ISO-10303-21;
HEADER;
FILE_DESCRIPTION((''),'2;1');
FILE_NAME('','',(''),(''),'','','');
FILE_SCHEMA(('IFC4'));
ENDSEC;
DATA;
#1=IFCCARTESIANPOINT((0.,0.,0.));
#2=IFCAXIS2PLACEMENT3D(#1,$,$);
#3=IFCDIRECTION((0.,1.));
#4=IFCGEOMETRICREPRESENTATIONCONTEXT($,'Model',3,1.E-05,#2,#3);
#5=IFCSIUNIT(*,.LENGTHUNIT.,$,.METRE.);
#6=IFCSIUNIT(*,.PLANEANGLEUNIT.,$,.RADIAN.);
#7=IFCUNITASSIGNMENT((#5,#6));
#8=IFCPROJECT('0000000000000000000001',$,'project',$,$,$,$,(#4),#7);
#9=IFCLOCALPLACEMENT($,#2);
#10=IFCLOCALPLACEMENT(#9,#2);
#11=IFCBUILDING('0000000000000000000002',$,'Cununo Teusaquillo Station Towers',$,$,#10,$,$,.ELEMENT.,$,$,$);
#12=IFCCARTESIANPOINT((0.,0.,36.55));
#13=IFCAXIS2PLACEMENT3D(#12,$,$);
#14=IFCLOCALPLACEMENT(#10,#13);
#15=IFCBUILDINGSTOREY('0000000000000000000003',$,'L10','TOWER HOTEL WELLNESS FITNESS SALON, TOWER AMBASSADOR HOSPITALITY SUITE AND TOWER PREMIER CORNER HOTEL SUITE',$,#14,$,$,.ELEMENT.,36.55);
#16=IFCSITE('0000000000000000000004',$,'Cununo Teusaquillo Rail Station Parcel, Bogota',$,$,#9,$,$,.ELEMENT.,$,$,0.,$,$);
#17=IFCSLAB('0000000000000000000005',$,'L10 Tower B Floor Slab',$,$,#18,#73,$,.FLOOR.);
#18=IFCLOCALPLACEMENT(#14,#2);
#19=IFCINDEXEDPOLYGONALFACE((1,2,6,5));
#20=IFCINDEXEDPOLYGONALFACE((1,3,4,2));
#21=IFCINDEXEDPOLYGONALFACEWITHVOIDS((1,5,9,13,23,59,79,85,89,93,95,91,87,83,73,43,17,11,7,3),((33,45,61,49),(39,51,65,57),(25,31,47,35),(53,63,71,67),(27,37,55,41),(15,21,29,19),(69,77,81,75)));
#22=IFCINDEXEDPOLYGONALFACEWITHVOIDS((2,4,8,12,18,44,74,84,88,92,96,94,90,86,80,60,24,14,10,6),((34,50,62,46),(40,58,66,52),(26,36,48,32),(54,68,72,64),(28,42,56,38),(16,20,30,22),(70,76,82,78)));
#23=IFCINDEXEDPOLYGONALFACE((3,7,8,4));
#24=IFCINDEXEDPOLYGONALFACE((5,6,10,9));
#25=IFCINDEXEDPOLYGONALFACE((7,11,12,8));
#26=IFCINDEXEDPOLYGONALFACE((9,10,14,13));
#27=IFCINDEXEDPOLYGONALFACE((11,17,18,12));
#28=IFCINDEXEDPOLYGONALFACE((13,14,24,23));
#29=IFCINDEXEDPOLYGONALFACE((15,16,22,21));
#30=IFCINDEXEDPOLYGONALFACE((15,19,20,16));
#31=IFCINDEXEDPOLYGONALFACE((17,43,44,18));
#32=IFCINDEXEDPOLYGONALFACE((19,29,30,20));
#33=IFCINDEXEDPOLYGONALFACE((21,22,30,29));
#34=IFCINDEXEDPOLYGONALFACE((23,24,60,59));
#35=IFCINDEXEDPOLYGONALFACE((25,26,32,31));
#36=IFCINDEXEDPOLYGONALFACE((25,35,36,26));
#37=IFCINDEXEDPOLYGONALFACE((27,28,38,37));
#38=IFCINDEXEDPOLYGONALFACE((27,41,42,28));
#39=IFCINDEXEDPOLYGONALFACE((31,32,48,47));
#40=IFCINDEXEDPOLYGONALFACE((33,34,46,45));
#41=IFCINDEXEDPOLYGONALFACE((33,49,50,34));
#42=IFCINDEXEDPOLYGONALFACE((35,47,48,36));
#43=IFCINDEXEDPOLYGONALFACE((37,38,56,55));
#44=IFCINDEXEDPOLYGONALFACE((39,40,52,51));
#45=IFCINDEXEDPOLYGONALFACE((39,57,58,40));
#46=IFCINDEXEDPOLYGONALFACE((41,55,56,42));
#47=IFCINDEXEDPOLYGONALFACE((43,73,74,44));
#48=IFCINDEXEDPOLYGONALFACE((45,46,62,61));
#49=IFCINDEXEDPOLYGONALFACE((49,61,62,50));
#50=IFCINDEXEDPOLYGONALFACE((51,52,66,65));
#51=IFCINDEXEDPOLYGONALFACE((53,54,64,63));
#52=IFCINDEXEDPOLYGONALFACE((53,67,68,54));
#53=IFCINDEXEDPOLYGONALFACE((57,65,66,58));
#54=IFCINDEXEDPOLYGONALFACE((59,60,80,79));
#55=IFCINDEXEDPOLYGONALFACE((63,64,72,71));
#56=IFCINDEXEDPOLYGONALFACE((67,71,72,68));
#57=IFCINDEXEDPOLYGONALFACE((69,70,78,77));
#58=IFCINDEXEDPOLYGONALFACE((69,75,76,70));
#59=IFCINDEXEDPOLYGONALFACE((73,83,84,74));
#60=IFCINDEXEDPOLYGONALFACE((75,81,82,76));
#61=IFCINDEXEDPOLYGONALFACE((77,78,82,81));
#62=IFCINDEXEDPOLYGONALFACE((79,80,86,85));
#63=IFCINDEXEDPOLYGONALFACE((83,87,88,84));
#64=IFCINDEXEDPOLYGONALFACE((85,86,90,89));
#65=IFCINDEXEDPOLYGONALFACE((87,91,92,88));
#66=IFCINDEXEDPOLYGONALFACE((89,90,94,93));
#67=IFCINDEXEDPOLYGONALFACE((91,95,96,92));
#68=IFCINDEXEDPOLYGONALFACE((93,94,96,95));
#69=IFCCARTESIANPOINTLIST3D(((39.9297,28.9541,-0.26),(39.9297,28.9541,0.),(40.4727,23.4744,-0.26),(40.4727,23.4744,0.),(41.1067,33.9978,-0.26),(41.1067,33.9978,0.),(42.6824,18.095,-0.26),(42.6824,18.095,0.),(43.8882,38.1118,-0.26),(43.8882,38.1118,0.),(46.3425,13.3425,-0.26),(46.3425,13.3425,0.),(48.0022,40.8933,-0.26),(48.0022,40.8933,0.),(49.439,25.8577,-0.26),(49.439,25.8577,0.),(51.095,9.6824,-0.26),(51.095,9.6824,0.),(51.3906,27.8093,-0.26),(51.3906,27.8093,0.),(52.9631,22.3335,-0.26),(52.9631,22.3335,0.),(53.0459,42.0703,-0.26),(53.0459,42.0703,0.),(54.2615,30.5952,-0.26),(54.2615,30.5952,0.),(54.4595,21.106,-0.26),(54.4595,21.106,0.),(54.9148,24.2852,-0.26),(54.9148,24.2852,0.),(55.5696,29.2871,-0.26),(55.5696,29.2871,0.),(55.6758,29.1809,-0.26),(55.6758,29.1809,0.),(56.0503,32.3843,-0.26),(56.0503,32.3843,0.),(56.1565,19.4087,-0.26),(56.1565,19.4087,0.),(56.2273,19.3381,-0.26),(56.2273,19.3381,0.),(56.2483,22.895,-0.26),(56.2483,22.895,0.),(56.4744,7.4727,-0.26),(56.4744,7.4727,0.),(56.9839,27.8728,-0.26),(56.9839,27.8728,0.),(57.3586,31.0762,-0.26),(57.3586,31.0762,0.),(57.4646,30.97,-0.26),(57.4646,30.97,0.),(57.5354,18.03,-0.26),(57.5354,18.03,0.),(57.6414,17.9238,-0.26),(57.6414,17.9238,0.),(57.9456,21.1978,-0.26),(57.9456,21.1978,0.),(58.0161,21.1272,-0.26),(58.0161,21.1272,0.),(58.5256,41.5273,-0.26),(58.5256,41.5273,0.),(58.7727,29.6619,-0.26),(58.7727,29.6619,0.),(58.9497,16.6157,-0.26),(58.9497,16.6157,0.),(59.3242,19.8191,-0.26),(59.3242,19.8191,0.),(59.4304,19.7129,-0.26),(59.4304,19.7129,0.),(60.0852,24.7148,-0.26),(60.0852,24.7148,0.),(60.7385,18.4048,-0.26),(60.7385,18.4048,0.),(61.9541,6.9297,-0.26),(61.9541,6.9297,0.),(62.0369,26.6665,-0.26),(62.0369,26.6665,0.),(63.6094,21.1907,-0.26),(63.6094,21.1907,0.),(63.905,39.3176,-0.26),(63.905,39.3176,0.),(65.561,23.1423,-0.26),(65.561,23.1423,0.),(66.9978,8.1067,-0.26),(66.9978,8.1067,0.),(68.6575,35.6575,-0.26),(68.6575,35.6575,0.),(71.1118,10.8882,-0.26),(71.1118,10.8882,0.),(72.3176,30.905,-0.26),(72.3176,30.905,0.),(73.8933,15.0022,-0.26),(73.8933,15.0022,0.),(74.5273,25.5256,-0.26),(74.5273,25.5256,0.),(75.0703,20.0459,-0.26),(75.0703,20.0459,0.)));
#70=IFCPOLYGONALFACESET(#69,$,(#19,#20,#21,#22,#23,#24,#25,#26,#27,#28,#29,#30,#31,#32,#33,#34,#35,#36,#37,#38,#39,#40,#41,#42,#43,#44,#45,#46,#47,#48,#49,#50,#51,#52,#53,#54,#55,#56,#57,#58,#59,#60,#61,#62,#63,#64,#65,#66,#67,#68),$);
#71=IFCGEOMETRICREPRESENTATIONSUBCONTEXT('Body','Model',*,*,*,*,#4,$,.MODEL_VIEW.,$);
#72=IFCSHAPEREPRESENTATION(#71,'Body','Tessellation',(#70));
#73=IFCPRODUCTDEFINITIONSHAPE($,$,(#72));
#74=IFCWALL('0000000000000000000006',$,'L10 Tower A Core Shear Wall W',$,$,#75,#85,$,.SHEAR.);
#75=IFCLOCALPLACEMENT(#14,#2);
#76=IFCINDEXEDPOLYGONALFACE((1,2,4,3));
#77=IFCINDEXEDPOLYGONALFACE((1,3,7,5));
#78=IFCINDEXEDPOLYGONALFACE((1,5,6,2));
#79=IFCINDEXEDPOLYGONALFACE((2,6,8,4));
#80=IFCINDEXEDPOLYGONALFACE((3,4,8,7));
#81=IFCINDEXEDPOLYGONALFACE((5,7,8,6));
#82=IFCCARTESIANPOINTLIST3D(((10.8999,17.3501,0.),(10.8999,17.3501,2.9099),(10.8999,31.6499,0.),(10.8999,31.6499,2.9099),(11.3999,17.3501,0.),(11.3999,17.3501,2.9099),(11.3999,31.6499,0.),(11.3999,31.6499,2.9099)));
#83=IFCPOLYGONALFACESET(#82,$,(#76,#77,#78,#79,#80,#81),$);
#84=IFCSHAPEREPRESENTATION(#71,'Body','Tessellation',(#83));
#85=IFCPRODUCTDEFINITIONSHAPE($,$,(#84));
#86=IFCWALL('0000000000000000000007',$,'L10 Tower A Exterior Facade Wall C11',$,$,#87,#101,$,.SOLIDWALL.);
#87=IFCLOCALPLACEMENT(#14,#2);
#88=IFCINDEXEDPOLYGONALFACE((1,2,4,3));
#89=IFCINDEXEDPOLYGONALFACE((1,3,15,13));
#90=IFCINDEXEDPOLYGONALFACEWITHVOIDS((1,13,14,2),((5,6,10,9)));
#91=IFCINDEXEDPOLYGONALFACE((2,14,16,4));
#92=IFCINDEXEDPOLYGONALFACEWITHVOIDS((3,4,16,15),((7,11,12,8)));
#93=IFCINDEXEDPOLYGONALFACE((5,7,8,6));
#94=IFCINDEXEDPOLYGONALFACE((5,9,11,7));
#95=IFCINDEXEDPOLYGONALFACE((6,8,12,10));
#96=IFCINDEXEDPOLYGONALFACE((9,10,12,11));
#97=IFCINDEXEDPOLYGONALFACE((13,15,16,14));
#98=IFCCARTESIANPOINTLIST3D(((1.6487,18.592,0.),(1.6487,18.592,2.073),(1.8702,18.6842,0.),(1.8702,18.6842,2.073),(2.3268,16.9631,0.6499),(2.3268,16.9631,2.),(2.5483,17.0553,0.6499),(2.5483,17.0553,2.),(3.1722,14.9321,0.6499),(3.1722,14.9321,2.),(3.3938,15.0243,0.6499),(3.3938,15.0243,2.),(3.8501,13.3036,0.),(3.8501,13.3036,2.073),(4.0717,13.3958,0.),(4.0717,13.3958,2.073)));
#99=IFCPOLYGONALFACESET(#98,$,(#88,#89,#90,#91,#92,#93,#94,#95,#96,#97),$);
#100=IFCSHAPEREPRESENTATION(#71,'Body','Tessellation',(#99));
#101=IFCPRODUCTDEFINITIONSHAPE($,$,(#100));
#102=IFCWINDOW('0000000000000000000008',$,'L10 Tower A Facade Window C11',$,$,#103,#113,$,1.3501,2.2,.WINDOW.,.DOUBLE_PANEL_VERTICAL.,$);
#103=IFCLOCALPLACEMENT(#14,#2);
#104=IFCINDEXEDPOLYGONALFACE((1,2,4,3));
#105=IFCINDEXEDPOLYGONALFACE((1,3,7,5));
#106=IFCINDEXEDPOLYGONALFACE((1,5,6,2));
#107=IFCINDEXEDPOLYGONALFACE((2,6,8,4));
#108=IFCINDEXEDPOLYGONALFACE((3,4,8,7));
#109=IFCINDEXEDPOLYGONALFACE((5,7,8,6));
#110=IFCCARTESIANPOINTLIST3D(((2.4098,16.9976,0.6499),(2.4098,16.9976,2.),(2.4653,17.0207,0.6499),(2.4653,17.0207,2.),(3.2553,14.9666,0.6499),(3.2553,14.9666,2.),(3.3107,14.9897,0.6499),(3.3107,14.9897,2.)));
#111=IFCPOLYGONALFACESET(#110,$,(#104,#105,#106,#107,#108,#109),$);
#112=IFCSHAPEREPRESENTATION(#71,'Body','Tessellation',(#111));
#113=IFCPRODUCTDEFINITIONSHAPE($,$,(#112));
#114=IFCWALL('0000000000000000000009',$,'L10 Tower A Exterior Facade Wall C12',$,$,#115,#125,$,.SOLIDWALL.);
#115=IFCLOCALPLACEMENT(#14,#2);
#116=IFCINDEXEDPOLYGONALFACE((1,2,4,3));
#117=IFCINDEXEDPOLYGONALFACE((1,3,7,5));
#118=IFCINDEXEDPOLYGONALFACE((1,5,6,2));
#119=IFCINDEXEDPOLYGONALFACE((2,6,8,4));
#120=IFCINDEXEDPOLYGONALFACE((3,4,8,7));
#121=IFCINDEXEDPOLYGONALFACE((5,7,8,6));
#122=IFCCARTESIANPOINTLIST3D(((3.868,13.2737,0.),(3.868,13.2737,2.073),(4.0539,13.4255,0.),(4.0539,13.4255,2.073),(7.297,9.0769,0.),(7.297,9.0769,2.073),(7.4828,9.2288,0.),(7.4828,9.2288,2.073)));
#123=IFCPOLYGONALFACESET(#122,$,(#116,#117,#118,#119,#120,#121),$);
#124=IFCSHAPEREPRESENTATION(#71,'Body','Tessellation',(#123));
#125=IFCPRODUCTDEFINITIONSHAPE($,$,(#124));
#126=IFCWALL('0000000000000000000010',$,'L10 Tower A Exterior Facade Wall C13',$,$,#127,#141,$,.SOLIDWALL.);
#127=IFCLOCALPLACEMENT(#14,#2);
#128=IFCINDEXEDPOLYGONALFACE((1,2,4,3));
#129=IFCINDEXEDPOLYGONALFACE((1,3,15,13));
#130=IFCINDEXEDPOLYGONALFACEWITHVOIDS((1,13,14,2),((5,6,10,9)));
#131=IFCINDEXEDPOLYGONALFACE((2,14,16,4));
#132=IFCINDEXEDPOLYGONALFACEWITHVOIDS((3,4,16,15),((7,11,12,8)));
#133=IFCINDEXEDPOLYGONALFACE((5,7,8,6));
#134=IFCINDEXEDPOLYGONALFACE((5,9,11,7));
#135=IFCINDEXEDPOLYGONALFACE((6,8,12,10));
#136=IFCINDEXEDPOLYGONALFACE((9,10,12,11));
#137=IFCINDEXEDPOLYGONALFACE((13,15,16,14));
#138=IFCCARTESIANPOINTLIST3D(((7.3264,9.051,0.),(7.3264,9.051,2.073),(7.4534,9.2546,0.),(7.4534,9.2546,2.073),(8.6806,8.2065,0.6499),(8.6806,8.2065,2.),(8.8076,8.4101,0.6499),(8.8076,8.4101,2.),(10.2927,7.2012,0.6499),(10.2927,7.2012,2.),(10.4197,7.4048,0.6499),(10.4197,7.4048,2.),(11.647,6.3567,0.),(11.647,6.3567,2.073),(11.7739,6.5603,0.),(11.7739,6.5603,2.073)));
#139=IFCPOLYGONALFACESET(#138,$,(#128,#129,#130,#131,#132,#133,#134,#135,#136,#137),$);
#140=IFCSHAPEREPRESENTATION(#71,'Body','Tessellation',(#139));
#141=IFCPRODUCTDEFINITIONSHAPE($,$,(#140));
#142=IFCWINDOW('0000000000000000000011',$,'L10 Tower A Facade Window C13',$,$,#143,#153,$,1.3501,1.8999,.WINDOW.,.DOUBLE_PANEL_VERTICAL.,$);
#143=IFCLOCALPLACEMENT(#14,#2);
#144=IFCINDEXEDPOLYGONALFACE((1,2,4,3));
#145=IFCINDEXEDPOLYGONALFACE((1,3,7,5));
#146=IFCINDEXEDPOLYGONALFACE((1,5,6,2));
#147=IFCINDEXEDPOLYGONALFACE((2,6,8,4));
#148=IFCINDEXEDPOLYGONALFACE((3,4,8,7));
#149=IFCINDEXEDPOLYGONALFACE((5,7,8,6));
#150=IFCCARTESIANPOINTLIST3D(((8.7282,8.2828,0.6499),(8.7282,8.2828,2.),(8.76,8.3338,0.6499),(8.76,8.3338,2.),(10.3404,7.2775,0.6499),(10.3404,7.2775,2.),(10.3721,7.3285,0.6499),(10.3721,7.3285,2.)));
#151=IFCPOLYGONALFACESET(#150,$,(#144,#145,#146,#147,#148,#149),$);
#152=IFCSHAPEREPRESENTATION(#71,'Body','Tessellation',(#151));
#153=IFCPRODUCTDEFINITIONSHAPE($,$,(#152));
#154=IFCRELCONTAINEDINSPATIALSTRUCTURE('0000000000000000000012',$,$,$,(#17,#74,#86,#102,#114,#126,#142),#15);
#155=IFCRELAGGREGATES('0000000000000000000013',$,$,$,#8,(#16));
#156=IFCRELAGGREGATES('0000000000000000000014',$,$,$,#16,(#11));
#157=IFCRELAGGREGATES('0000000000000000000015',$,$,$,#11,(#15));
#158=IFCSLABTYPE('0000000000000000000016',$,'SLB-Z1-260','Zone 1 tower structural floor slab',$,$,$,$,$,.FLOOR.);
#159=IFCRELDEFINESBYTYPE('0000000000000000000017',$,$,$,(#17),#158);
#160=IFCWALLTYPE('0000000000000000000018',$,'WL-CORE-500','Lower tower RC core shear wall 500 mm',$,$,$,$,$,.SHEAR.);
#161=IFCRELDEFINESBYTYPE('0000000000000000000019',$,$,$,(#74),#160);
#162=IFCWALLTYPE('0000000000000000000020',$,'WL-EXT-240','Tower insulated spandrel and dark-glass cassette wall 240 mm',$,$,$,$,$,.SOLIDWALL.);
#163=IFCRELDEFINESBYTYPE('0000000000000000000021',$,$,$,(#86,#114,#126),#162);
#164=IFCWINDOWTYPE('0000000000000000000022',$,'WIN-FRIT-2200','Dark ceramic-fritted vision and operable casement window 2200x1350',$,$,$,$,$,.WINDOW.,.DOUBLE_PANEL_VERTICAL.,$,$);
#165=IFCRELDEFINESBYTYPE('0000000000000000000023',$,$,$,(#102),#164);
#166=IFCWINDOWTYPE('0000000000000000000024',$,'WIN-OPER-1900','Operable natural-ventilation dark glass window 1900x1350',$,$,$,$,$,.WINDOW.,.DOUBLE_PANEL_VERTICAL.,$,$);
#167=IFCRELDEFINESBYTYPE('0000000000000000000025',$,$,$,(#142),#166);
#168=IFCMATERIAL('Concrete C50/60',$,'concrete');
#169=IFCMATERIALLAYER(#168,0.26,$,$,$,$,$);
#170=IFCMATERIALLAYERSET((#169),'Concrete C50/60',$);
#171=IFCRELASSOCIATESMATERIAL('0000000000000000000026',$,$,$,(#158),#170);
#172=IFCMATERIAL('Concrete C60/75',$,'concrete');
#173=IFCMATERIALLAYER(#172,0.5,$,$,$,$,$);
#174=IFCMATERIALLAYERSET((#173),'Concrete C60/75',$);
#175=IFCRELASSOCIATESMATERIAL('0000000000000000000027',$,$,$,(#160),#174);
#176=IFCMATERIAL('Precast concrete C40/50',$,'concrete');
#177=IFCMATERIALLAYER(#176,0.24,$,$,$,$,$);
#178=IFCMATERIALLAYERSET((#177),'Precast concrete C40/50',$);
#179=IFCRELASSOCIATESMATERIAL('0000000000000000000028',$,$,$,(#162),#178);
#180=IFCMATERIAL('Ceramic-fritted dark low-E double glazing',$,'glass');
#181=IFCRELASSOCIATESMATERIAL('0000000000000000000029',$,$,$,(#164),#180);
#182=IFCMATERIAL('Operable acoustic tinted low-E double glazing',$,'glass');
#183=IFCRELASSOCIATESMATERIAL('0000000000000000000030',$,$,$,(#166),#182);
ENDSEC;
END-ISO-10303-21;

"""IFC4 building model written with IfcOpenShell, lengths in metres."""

from ifc_helpers import new_model, si_unit, direction, frame, frame_2d, origin, place, context, subcontext, project, spatial, polyline, rectangle, outline, extrude, source, transform, mapped, material, layer, layer_set, type_object, element, fill, save


model = new_model("IFC4")

# Units and contexts
model_context = context("Model", 3, precision=1e-05, world=origin(), true_north=direction((0.0, 1.0)))
body_context = subcontext(model_context, "Body", "Model", "MODEL_VIEW")
ifc_project = project(units=[si_unit("LENGTHUNIT", "METRE"), si_unit("PLANEANGLEUNIT", "RADIAN")], contexts=[model_context])

# Site, building, storey
site_placement = place(None, origin())
site = spatial("IfcSite", under=ifc_project, at=site_placement, Name="Cununo Teusaquillo Rail Station Parcel, Bogota", CompositionType="ELEMENT", RefElevation=0.0)
building_placement = place(site_placement, origin())
building = spatial("IfcBuilding", under=site, at=building_placement, Name="Cununo Teusaquillo Station Towers", CompositionType="ELEMENT")
storey_placement = place(building_placement, frame((0.0, 0.0, 36.55)))
storey = spatial("IfcBuildingStorey", under=building, at=storey_placement, Name="L10", Description="TOWER HOTEL WELLNESS FITNESS SALON, TOWER AMBASSADOR HOSPITALITY SUITE AND TOWER PREMIER CORNER HOTEL SUITE", CompositionType="ELEMENT", Elevation=36.55)

# Slab
ifc_material_1 = material(Name="Concrete C50/60", Category="concrete")
ifc_layer_1 = layer(ifc_material_1, 0.26)
ifc_layer_set_1 = layer_set([ifc_layer_1], Name="Concrete C50/60")
slab_type_1 = type_object("IfcSlabType", Name="SLB-Z1-260", Description="Zone 1 tower structural floor slab", PredefinedType="FLOOR", material=ifc_layer_set_1)
slab_1_placement = place(storey_placement, frame((0.0, 0.0, -0.26)))
element("IfcSlab", 1, at=slab_1_placement, inside=storey, type_object=slab_type_1, Name="L10 Tower B Floor Slab", PredefinedType="FLOOR", context=body_context, shape_type="SweptSolid", body=[
    extrude(outline(polyline([(68.6575, 35.6575), (63.905, 39.3176), (58.5256, 41.5273), (53.0459, 42.0703), (48.0022, 40.8933), (43.8882, 38.1118), (41.1067, 33.9978), (39.9297, 28.9541), (40.4727, 23.4744), (42.6824, 18.095), (46.3425, 13.3425), (51.095, 9.6824), (56.4744, 7.4727), (61.9541, 6.9297), (66.9978, 8.1067), (71.1118, 10.8882), (73.8933, 15.0022), (75.0703, 20.0459), (74.5273, 25.5256), (72.3176, 30.905), (68.6575, 35.6575)]), holes=[polyline([(54.9148, 24.2852), (51.3906, 27.8093), (49.439, 25.8577), (52.9631, 22.3335), (54.9148, 24.2852)]), polyline([(60.0852, 24.7148), (63.6094, 21.1907), (65.561, 23.1423), (62.0369, 26.6665), (60.0852, 24.7148)]), polyline([(56.1565, 19.4087), (57.9456, 21.1978), (56.2483, 22.895), (54.4595, 21.106), (56.1565, 19.4087)]), polyline([(58.9497, 16.6157), (60.7385, 18.4048), (59.4304, 19.7129), (57.6414, 17.9238), (58.9497, 16.6157)]), polyline([(57.5354, 18.03), (59.3242, 19.8191), (58.0161, 21.1272), (56.2273, 19.3381), (57.5354, 18.03)]), polyline([(56.9839, 27.8728), (58.7727, 29.6619), (57.4646, 30.97), (55.6758, 29.1809), (56.9839, 27.8728)]), polyline([(55.5696, 29.2871), (57.3586, 31.0762), (56.0503, 32.3843), (54.2615, 30.5952), (55.5696, 29.2871)])]), origin(), (0.0, 0.0, 1.0), 0.26),
])

# Wall
ifc_material_2 = material(Name="Concrete C60/75", Category="concrete")
ifc_layer_2 = layer(ifc_material_2, 0.5)
ifc_layer_set_2 = layer_set([ifc_layer_2], Name="Concrete C60/75")
wall_type_1 = type_object("IfcWallType", Name="WL-CORE-500", Description="Lower tower RC core shear wall 500 mm", PredefinedType="SHEAR", material=ifc_layer_set_2)
wall_1_placement = place(storey_placement, frame((11.1499, 17.3501, 0.0), z_axis=(0.0, 0.0, 1.0), x_axis=(0.0, 1.0, 0.0)))
element("IfcWall", 2, at=wall_1_placement, inside=storey, type_object=wall_type_1, Name="L10 Tower A Core Shear Wall W", PredefinedType="SHEAR", context=body_context, shape_type="SweptSolid", body=[
    extrude(rectangle(XDim=14.2998, YDim=0.5, at=frame_2d((7.1499, 0.0))), origin(), (0.0, 0.0, 1.0), 2.9099),
])

# Wall, opening, window
ifc_material_3 = material(Name="Precast concrete C40/50", Category="concrete")
ifc_layer_3 = layer(ifc_material_3, 0.24)
ifc_layer_set_3 = layer_set([ifc_layer_3], Name="Precast concrete C40/50")
wall_type_2 = type_object("IfcWallType", Name="WL-EXT-240", Description="Tower insulated spandrel and dark-glass cassette wall 240 mm", PredefinedType="SOLIDWALL", material=ifc_layer_set_3)
wall_2_placement = place(storey_placement, frame((3.9609, 13.3496, 0.0), z_axis=(0.0, 0.0, 1.0), x_axis=(-0.38431, 0.923204, 0.0)))
wall_2 = element("IfcWall", 3, at=wall_2_placement, inside=storey, type_object=wall_type_2, Name="L10 Tower A Exterior Facade Wall C11", PredefinedType="SOLIDWALL", context=body_context, shape_type="SweptSolid", body=[
    extrude(rectangle(XDim=5.7283, YDim=0.24, at=frame_2d((2.8643, 0.0))), origin(), (0.0, 0.0, 1.0), 2.073),
])
shared_shape_1 = source(origin(), body_context, "Body", "SweptSolid", [
    extrude(rectangle(XDim=2.2, YDim=1.3501, at=frame_2d((1.1001, 0.675))), frame((0.0, 0.1299, 0.0), z_axis=(0.0, -1.0, 0.0), x_axis=(1.0, 0.0, 0.0)), (0.0, 0.0, 1.0), 0.26),
])
opening_1_placement = place(wall_2_placement, frame((1.7639, 0.0, 0.6499)))
opening_1 = element("IfcOpeningElement", 4, at=opening_1_placement, cuts=wall_2, PredefinedType="OPENING", context=body_context, shape_type="MappedRepresentation", body=[
    mapped(shared_shape_1, transform((0.0, 0.0, 0.0), x_axis=(1.0, 0.0, 0.0), y_axis=(0.0, 1.0, 0.0), z_axis=(0.0, 0.0, 1.0), scale=1.0)),
])
ifc_material_4 = material(Name="Ceramic-fritted dark low-E double glazing", Category="glass")
window_type_1 = type_object("IfcWindowType", Name="WIN-FRIT-2200", Description="Dark ceramic-fritted vision and operable casement window 2200x1350", PartitioningType="DOUBLE_PANEL_VERTICAL", PredefinedType="WINDOW", material=ifc_material_4)
shared_shape_2 = source(origin(), body_context, "Body", "SweptSolid", [
    extrude(rectangle(XDim=2.2, YDim=1.3501, at=frame_2d((1.1001, 0.675))), frame((0.0, 0.03, 0.0), z_axis=(0.0, -1.0, 0.0), x_axis=(1.0, 0.0, 0.0)), (0.0, 0.0, 1.0), 0.0601),
])
window_1_placement = place(opening_1_placement, origin())
window_1 = element("IfcWindow", 5, at=window_1_placement, inside=storey, type_object=window_type_1, Name="L10 Tower A Facade Window C11", OverallHeight=1.3501, OverallWidth=2.2, PartitioningType="DOUBLE_PANEL_VERTICAL", PredefinedType="WINDOW", context=body_context, shape_type="MappedRepresentation", body=[
    mapped(shared_shape_2, transform((0.0, 0.0, 0.0), x_axis=(1.0, 0.0, 0.0), y_axis=(0.0, 1.0, 0.0), z_axis=(0.0, 0.0, 1.0), scale=1.0)),
])
fill(opening_1, window_1)

# Wall
wall_3_placement = place(storey_placement, frame((7.3899, 9.1528, 0.0), z_axis=(0.0, 0.0, 1.0), x_axis=(-0.63271, 0.774389, 0.0)))
element("IfcWall", 6, at=wall_3_placement, inside=storey, type_object=wall_type_2, Name="L10 Tower A Exterior Facade Wall C12", PredefinedType="SOLIDWALL", context=body_context, shape_type="SweptSolid", body=[
    extrude(rectangle(XDim=5.4194, YDim=0.24, at=frame_2d((2.7097, 0.0))), origin(), (0.0, 0.0, 1.0), 2.073),
])

# Wall, opening, window
wall_4_placement = place(storey_placement, frame((11.7104, 6.4585, 0.0), z_axis=(0.0, 0.0, 1.0), x_axis=(-0.848529, 0.52915, 0.0)))
wall_4 = element("IfcWall", 7, at=wall_4_placement, inside=storey, type_object=wall_type_2, Name="L10 Tower A Exterior Facade Wall C13", PredefinedType="SOLIDWALL", context=body_context, shape_type="SweptSolid", body=[
    extrude(rectangle(XDim=5.0918, YDim=0.24, at=frame_2d((2.5459, 0.0))), origin(), (0.0, 0.0, 1.0), 2.073),
])
shared_shape_3 = source(origin(), body_context, "Body", "SweptSolid", [
    extrude(rectangle(XDim=1.8999, YDim=1.3501, at=frame_2d((0.95, 0.675))), frame((0.0, 0.1299, 0.0), z_axis=(0.0, -1.0, 0.0), x_axis=(1.0, 0.0, 0.0)), (0.0, 0.0, 1.0), 0.26),
])
opening_2_placement = place(wall_4_placement, frame((1.5959, 0.0, 0.6499)))
opening_2 = element("IfcOpeningElement", 8, at=opening_2_placement, cuts=wall_4, PredefinedType="OPENING", context=body_context, shape_type="MappedRepresentation", body=[
    mapped(shared_shape_3, transform((0.0, 0.0, 0.0), x_axis=(1.0, 0.0, 0.0), y_axis=(0.0, 1.0, 0.0), z_axis=(0.0, 0.0, 1.0), scale=1.0)),
])
ifc_material_5 = material(Name="Operable acoustic tinted low-E double glazing", Category="glass")
window_type_2 = type_object("IfcWindowType", Name="WIN-OPER-1900", Description="Operable natural-ventilation dark glass window 1900x1350", PartitioningType="DOUBLE_PANEL_VERTICAL", PredefinedType="WINDOW", material=ifc_material_5)
shared_shape_4 = source(origin(), body_context, "Body", "SweptSolid", [
    extrude(rectangle(XDim=1.8999, YDim=1.3501, at=frame_2d((0.95, 0.675))), frame((0.0, 0.03, 0.0), z_axis=(0.0, -1.0, 0.0), x_axis=(1.0, 0.0, 0.0)), (0.0, 0.0, 1.0), 0.0601),
])
window_2_placement = place(opening_2_placement, origin())
window_2 = element("IfcWindow", 9, at=window_2_placement, inside=storey, type_object=window_type_2, Name="L10 Tower A Facade Window C13", OverallHeight=1.3501, OverallWidth=1.8999, PartitioningType="DOUBLE_PANEL_VERTICAL", PredefinedType="WINDOW", context=body_context, shape_type="MappedRepresentation", body=[
    mapped(shared_shape_4, transform((0.0, 0.0, 0.0), x_axis=(1.0, 0.0, 0.0), y_axis=(0.0, 1.0, 0.0), z_axis=(0.0, 0.0, 1.0), scale=1.0)),
])
fill(opening_2, window_2)

save(model, "model.ifc")
